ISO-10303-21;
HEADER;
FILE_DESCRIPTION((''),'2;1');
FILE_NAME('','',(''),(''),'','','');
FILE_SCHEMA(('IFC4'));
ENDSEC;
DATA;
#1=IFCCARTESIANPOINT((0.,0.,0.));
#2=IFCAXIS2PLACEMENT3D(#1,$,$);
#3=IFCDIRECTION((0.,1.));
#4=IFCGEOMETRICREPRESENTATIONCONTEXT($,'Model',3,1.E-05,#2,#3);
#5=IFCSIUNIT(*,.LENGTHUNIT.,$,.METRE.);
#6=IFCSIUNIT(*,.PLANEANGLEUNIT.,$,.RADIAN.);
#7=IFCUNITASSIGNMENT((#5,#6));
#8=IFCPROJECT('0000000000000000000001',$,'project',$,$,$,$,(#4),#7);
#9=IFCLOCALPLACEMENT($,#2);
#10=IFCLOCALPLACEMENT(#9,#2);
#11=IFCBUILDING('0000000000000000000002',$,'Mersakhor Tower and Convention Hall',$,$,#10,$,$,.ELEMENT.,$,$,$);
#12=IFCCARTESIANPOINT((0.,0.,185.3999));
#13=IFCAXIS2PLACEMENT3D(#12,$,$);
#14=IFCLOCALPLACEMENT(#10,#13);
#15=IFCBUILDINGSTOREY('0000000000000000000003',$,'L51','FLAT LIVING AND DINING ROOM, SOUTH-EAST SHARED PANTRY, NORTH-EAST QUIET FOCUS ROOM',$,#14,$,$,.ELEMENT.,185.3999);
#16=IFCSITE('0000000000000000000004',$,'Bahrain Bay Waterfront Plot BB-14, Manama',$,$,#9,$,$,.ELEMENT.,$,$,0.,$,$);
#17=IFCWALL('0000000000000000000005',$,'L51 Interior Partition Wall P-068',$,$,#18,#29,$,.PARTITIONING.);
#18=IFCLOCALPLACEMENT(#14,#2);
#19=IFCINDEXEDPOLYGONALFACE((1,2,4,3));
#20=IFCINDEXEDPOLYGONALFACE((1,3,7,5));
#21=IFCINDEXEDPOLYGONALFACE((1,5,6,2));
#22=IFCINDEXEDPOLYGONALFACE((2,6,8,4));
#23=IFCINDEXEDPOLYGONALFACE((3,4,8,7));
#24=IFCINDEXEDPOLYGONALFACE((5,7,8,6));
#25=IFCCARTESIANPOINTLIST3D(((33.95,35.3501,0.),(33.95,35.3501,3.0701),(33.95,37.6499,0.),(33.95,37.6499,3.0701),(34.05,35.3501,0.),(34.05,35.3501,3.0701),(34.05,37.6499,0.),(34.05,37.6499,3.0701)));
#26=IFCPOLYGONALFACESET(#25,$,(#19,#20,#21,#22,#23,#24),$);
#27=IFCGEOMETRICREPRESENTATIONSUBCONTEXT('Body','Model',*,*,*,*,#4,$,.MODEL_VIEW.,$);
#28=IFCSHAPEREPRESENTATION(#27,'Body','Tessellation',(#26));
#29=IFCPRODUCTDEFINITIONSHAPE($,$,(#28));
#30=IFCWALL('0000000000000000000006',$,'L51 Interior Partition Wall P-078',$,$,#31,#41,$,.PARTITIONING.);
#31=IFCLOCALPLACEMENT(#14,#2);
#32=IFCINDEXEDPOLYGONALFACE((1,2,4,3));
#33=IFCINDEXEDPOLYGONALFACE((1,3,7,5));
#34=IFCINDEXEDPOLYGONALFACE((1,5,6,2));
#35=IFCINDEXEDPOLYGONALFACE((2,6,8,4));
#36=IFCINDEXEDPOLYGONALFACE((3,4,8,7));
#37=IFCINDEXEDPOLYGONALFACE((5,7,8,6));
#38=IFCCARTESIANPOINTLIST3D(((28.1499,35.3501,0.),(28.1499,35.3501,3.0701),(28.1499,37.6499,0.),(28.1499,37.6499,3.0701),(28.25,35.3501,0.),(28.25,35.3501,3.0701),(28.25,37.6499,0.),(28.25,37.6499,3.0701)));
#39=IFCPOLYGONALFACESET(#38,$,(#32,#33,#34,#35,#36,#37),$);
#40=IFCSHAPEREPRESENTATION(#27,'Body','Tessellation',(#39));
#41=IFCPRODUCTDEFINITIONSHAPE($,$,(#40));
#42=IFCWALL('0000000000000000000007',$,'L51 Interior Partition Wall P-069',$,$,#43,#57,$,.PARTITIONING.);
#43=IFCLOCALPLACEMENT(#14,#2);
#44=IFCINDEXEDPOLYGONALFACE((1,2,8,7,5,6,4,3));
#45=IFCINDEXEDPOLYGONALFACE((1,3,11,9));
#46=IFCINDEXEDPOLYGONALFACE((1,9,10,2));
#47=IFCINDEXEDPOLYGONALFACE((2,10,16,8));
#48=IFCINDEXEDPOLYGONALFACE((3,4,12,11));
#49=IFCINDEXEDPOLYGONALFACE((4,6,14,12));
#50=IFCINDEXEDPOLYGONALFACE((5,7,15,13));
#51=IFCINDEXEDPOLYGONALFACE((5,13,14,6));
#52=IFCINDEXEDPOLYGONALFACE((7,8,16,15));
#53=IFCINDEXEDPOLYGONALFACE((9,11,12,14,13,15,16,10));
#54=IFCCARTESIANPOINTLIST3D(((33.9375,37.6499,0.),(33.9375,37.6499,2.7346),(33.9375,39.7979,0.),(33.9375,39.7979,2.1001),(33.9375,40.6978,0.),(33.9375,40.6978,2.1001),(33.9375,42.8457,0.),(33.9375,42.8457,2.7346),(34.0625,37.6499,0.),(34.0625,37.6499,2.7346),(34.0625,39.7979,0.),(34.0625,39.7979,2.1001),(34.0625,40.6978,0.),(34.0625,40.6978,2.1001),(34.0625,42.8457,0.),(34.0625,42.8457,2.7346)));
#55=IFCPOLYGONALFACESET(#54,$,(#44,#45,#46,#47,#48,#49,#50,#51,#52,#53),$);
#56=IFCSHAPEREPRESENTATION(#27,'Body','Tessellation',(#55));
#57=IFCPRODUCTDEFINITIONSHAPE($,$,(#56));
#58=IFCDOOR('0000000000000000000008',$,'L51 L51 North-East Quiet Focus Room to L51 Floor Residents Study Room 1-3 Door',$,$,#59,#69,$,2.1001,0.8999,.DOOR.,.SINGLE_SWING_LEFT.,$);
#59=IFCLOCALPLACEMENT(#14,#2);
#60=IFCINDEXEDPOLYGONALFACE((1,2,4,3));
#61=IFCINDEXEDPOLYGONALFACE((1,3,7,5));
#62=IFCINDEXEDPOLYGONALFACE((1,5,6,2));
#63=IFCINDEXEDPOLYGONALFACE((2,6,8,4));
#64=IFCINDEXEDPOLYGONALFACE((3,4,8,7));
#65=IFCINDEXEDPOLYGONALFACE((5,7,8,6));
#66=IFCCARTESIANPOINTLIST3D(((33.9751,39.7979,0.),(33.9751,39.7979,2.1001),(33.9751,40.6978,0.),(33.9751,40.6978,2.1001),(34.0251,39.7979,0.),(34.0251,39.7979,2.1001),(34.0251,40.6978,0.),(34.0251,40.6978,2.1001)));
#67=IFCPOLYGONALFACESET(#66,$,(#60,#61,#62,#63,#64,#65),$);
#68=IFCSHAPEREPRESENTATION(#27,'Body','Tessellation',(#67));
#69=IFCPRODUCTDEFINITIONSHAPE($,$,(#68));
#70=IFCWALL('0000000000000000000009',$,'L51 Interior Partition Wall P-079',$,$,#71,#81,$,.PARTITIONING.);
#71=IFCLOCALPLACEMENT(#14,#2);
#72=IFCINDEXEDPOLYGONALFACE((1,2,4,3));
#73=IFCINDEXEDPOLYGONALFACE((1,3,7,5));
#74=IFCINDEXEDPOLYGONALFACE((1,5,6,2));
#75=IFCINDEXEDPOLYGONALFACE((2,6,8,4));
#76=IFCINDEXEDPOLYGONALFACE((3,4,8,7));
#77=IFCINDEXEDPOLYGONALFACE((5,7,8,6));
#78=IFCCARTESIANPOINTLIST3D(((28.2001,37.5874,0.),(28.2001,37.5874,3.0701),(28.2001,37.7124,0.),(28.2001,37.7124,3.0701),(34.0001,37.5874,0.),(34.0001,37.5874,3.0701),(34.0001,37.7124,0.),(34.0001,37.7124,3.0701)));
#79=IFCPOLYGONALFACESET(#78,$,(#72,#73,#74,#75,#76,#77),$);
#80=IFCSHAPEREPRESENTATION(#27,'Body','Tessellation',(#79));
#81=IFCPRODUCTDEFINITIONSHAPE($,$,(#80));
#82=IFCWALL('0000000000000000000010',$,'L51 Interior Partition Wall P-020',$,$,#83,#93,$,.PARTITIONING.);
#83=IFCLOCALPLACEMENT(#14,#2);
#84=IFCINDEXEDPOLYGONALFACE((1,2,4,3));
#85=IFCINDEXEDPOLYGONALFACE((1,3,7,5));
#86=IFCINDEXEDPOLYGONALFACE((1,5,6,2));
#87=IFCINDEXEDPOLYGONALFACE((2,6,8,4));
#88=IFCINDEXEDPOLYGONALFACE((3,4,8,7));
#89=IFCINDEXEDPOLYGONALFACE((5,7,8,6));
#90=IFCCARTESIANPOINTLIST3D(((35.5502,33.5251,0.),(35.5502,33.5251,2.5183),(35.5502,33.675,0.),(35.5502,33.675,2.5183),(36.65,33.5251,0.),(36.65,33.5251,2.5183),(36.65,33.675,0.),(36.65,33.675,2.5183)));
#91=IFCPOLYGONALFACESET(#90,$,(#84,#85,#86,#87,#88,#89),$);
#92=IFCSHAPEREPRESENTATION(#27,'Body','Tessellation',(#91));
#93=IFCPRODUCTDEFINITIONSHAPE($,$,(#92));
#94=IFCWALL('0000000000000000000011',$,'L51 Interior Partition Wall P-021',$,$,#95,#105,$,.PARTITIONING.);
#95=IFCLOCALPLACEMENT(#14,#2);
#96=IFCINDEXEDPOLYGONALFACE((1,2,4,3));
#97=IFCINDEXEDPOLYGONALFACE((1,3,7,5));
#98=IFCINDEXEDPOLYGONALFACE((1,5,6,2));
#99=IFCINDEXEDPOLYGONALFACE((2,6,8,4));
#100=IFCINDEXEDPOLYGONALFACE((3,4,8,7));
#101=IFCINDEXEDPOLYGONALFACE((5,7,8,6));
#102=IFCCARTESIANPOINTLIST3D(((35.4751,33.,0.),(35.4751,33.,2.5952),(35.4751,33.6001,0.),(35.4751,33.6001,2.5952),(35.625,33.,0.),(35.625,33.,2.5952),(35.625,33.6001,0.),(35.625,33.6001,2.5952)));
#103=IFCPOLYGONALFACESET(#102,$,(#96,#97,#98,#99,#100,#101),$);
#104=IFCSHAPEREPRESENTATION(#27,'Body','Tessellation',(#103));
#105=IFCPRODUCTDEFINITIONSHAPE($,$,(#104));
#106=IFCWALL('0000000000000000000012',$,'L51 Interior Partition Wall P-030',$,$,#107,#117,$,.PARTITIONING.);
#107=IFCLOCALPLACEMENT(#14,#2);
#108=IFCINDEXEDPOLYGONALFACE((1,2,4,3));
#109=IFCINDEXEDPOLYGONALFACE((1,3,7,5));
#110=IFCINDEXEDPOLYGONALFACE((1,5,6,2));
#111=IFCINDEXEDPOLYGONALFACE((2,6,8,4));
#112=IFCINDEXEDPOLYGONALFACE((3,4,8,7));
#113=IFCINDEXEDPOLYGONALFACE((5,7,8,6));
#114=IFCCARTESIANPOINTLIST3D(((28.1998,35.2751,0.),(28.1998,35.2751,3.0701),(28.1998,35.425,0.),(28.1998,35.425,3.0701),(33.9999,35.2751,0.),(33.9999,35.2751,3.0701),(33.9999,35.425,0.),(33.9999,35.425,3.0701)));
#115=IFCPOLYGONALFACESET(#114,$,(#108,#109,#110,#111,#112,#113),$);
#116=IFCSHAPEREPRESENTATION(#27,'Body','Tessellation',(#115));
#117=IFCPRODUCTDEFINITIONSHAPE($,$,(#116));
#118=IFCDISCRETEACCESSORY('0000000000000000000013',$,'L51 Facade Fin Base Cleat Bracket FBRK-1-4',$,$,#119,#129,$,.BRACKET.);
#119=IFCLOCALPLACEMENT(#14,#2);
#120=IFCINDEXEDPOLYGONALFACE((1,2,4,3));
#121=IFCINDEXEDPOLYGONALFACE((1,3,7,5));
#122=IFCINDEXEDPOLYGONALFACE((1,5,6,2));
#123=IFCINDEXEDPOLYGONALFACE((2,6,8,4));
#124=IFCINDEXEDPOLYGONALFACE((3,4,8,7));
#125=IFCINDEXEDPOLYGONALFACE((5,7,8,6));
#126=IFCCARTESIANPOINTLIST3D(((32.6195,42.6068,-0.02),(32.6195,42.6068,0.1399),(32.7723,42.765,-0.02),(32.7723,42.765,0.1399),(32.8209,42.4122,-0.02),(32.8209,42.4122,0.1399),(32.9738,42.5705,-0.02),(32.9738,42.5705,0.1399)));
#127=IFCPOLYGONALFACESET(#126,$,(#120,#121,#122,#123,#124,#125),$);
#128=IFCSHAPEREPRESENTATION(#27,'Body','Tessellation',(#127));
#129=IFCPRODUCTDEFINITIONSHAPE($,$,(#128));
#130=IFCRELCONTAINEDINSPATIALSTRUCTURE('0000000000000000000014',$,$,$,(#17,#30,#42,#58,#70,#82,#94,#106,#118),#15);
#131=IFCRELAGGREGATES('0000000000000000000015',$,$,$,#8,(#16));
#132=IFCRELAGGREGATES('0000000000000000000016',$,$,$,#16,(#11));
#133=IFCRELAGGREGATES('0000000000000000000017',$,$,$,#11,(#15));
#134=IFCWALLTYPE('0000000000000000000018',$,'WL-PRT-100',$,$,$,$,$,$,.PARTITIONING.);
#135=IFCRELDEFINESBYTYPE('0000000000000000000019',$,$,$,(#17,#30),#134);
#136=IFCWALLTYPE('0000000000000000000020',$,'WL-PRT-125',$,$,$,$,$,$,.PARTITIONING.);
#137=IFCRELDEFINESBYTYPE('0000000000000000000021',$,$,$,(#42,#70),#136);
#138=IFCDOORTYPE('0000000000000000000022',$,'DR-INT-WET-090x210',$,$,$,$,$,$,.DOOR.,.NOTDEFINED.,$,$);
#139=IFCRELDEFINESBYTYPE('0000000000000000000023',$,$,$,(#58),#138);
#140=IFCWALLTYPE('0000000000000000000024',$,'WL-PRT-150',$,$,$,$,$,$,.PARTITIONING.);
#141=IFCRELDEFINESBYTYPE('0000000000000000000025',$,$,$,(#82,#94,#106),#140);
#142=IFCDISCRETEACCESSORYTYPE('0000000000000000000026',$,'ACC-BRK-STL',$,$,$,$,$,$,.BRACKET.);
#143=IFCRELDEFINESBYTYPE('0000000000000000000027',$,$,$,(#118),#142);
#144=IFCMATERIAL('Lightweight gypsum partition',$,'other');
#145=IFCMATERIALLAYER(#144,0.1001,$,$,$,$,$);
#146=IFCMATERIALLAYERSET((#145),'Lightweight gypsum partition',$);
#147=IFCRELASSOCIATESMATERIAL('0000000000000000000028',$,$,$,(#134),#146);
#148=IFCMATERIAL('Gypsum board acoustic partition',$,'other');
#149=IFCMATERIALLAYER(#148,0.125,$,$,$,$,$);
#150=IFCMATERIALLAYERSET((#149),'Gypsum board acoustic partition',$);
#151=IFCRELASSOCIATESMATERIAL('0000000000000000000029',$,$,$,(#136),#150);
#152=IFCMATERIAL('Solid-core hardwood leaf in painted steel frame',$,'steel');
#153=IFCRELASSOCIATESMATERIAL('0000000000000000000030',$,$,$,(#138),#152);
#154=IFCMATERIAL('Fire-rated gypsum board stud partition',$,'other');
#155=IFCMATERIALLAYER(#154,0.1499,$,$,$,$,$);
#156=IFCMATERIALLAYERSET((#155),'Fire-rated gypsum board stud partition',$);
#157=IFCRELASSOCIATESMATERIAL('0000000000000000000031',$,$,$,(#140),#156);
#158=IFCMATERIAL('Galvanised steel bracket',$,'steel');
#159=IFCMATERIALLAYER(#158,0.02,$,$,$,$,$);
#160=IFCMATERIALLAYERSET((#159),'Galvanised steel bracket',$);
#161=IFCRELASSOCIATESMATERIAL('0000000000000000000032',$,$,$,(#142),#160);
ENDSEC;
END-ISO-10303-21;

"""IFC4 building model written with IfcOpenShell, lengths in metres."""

from ifc_helpers import new_model, si_unit, direction, frame, frame_2d, origin, origin_2d, place, context, subcontext, project, spatial, rectangle, extrude, material, layer, layer_set, type_object, element, fill, save


model = new_model("IFC4")

# Units and contexts
model_context = context("Model", 3, precision=1e-05, world=origin(), true_north=direction((0.0, 1.0)))
body_context = subcontext(model_context, "Body", "Model", "MODEL_VIEW")
ifc_project = project(units=[si_unit("LENGTHUNIT", "METRE"), si_unit("PLANEANGLEUNIT", "RADIAN")], contexts=[model_context])

# Site, building, storey
site_placement = place(None, origin())
site = spatial("IfcSite", under=ifc_project, at=site_placement, Name="Bahrain Bay Waterfront Plot BB-14, Manama", CompositionType="ELEMENT", RefElevation=0.0)
building_placement = place(site_placement, origin())
building = spatial("IfcBuilding", under=site, at=building_placement, Name="Mersakhor Tower and Convention Hall", CompositionType="ELEMENT")
storey_placement = place(building_placement, frame((0.0, 0.0, 185.3999)))
storey = spatial("IfcBuildingStorey", under=building, at=storey_placement, Name="L51", Description="FLAT LIVING AND DINING ROOM, SOUTH-EAST SHARED PANTRY, NORTH-EAST QUIET FOCUS ROOM", CompositionType="ELEMENT", Elevation=185.3999)

# Walls
ifc_material_1 = material(Name="Lightweight gypsum partition", Category="other")
ifc_layer_1 = layer(ifc_material_1, 0.1001)
ifc_layer_set_1 = layer_set([ifc_layer_1], Name="Lightweight gypsum partition")
wall_type_1 = type_object("IfcWallType", Name="WL-PRT-100", PredefinedType="PARTITIONING", material=ifc_layer_set_1)
for number, where, z_axis, x_axis, name in (
    (1, (34.0, 35.3501, 0.0), (0.0, 0.0, 1.0), (0.0, 1.0, 0.0), "L51 Interior Partition Wall P-068"),
    (2, (28.2, 37.6499, 0.0), (0.0, 0.0, 1.0), (0.0, -1.0, 0.0), "L51 Interior Partition Wall P-078"),
):
    element("IfcWall", number, at=place(storey_placement, frame(where, z_axis=z_axis, x_axis=x_axis)), inside=storey, type_object=wall_type_1, Name=name, PredefinedType="PARTITIONING", context=body_context, shape_type="SweptSolid", body=[
        extrude(rectangle(XDim=2.2998, YDim=0.1001, at=frame_2d((1.1499, 0.0))), origin(), (0.0, 0.0, 1.0), 3.0701),
    ])

# Wall, opening, door
ifc_material_2 = material(Name="Gypsum board acoustic partition", Category="other")
ifc_layer_2 = layer(ifc_material_2, 0.125)
ifc_layer_set_2 = layer_set([ifc_layer_2], Name="Gypsum board acoustic partition")
wall_type_2 = type_object("IfcWallType", Name="WL-PRT-125", PredefinedType="PARTITIONING", material=ifc_layer_set_2)
wall_1_placement = place(storey_placement, frame((34.0, 37.6499, 0.0), z_axis=(0.0, 0.0, 1.0), x_axis=(0.0, 1.0, 0.0)))
wall_1 = element("IfcWall", 3, at=wall_1_placement, inside=storey, type_object=wall_type_2, Name="L51 Interior Partition Wall P-069", PredefinedType="PARTITIONING", context=body_context, shape_type="SweptSolid", body=[
    extrude(rectangle(XDim=5.1958, YDim=0.125, at=frame_2d((2.5979, 0.0))), origin(), (0.0, 0.0, 1.0), 2.7346),
])
opening_1_placement = place(wall_1_placement, frame((2.1479, 0.0, 0.0)))
opening_1 = element("IfcOpeningElement", 4, at=opening_1_placement, cuts=wall_1, PredefinedType="OPENING", context=body_context, shape_type="SweptSolid", body=[
    extrude(rectangle(XDim=0.8999, YDim=2.1001, at=frame_2d((0.45, 1.05))), frame((0.0, 0.0725, 0.0), z_axis=(0.0, -1.0, 0.0), x_axis=(1.0, 0.0, 0.0)), (0.0, 0.0, 1.0), 0.145),
])
ifc_material_3 = material(Name="Solid-core hardwood leaf in painted steel frame", Category="steel")
door_type_1 = type_object("IfcDoorType", Name="DR-INT-WET-090x210", OperationType="NOTDEFINED", PredefinedType="DOOR", material=ifc_material_3)
door_1_placement = place(opening_1_placement, origin())
door_1 = element("IfcDoor", 5, at=door_1_placement, inside=storey, type_object=door_type_1, Name="L51 L51 North-East Quiet Focus Room to L51 Floor Residents Study Room 1-3 Door", OperationType="SINGLE_SWING_LEFT", OverallHeight=2.1001, OverallWidth=0.8999, PredefinedType="DOOR", context=body_context, shape_type="SweptSolid", body=[
    extrude(rectangle(XDim=0.8999, YDim=2.1001, at=frame_2d((0.45, 1.05))), frame((0.0, 0.0249, 0.0), z_axis=(0.0, -1.0, 0.0), x_axis=(1.0, 0.0, 0.0)), (0.0, 0.0, 1.0), 0.05),
])
fill(opening_1, door_1)

# Walls
wall_2_placement = place(storey_placement, frame((34.0, 37.6499, 0.0), z_axis=(0.0, 0.0, 1.0), x_axis=(-1.0, 0.0, 0.0)))
element("IfcWall", 6, at=wall_2_placement, inside=storey, type_object=wall_type_2, Name="L51 Interior Partition Wall P-079", PredefinedType="PARTITIONING", context=body_context, shape_type="SweptSolid", body=[
    extrude(rectangle(XDim=5.8, YDim=0.125, at=frame_2d((2.8999, 0.0))), origin(), (0.0, 0.0, 1.0), 3.0701),
])
ifc_material_4 = material(Name="Fire-rated gypsum board stud partition", Category="other")
ifc_layer_3 = layer(ifc_material_4, 0.1499)
ifc_layer_set_3 = layer_set([ifc_layer_3], Name="Fire-rated gypsum board stud partition")
wall_type_3 = type_object("IfcWallType", Name="WL-PRT-150", PredefinedType="PARTITIONING", material=ifc_layer_set_3)
wall_3_placement = place(storey_placement, frame((36.6499, 33.6001, 0.0), z_axis=(0.0, 0.0, 1.0), x_axis=(-1.0, 0.0, 0.0)))
element("IfcWall", 7, at=wall_3_placement, inside=storey, type_object=wall_type_3, Name="L51 Interior Partition Wall P-020", PredefinedType="PARTITIONING", context=body_context, shape_type="SweptSolid", body=[
    extrude(rectangle(XDim=1.0999, YDim=0.1499, at=frame_2d((0.5498, 0.0))), origin(), (0.0, 0.0, 1.0), 2.5183),
])
wall_4_placement = place(storey_placement, frame((35.55, 33.6001, 0.0), z_axis=(0.0, 0.0, 1.0), x_axis=(0.0, -1.0, 0.0)))
element("IfcWall", 8, at=wall_4_placement, inside=storey, type_object=wall_type_3, Name="L51 Interior Partition Wall P-021", PredefinedType="PARTITIONING", context=body_context, shape_type="SweptSolid", body=[
    extrude(rectangle(XDim=0.6001, YDim=0.1499, at=frame_2d((0.3, 0.0))), origin(), (0.0, 0.0, 1.0), 2.5952),
])
wall_5_placement = place(storey_placement, frame((28.2, 35.3501, 0.0), z_axis=(0.0, 0.0, 1.0), x_axis=(1.0, 0.0, 0.0)))
element("IfcWall", 9, at=wall_5_placement, inside=storey, type_object=wall_type_3, Name="L51 Interior Partition Wall P-030", PredefinedType="PARTITIONING", context=body_context, shape_type="SweptSolid", body=[
    extrude(rectangle(XDim=5.8, YDim=0.1499, at=frame_2d((2.8999, 0.0))), origin(), (0.0, 0.0, 1.0), 3.0701),
])

# Discrete accessory
ifc_material_5 = material(Name="Galvanised steel bracket", Category="steel")
ifc_layer_4 = layer(ifc_material_5, 0.02)
ifc_layer_set_4 = layer_set([ifc_layer_4], Name="Galvanised steel bracket")
discrete_accessory_type = type_object("IfcDiscreteAccessoryType", Name="ACC-BRK-STL", PredefinedType="BRACKET", material=ifc_layer_set_4)
discrete_accessory_placement = place(storey_placement, frame((32.7966, 42.5886, -0.02), z_axis=(0.0, 0.0, 1.0), x_axis=(-0.71934, 0.694658, 0.0)))
element("IfcDiscreteAccessory", 10, at=discrete_accessory_placement, inside=storey, type_object=discrete_accessory_type, Name="L51 Facade Fin Base Cleat Bracket FBRK-1-4", PredefinedType="BRACKET", context=body_context, shape_type="SweptSolid", body=[
    extrude(rectangle(XDim=0.28, YDim=0.22, at=origin_2d()), origin(), (0.0, 0.0, 1.0), 0.1599),
])

save(model, "model.ifc")
